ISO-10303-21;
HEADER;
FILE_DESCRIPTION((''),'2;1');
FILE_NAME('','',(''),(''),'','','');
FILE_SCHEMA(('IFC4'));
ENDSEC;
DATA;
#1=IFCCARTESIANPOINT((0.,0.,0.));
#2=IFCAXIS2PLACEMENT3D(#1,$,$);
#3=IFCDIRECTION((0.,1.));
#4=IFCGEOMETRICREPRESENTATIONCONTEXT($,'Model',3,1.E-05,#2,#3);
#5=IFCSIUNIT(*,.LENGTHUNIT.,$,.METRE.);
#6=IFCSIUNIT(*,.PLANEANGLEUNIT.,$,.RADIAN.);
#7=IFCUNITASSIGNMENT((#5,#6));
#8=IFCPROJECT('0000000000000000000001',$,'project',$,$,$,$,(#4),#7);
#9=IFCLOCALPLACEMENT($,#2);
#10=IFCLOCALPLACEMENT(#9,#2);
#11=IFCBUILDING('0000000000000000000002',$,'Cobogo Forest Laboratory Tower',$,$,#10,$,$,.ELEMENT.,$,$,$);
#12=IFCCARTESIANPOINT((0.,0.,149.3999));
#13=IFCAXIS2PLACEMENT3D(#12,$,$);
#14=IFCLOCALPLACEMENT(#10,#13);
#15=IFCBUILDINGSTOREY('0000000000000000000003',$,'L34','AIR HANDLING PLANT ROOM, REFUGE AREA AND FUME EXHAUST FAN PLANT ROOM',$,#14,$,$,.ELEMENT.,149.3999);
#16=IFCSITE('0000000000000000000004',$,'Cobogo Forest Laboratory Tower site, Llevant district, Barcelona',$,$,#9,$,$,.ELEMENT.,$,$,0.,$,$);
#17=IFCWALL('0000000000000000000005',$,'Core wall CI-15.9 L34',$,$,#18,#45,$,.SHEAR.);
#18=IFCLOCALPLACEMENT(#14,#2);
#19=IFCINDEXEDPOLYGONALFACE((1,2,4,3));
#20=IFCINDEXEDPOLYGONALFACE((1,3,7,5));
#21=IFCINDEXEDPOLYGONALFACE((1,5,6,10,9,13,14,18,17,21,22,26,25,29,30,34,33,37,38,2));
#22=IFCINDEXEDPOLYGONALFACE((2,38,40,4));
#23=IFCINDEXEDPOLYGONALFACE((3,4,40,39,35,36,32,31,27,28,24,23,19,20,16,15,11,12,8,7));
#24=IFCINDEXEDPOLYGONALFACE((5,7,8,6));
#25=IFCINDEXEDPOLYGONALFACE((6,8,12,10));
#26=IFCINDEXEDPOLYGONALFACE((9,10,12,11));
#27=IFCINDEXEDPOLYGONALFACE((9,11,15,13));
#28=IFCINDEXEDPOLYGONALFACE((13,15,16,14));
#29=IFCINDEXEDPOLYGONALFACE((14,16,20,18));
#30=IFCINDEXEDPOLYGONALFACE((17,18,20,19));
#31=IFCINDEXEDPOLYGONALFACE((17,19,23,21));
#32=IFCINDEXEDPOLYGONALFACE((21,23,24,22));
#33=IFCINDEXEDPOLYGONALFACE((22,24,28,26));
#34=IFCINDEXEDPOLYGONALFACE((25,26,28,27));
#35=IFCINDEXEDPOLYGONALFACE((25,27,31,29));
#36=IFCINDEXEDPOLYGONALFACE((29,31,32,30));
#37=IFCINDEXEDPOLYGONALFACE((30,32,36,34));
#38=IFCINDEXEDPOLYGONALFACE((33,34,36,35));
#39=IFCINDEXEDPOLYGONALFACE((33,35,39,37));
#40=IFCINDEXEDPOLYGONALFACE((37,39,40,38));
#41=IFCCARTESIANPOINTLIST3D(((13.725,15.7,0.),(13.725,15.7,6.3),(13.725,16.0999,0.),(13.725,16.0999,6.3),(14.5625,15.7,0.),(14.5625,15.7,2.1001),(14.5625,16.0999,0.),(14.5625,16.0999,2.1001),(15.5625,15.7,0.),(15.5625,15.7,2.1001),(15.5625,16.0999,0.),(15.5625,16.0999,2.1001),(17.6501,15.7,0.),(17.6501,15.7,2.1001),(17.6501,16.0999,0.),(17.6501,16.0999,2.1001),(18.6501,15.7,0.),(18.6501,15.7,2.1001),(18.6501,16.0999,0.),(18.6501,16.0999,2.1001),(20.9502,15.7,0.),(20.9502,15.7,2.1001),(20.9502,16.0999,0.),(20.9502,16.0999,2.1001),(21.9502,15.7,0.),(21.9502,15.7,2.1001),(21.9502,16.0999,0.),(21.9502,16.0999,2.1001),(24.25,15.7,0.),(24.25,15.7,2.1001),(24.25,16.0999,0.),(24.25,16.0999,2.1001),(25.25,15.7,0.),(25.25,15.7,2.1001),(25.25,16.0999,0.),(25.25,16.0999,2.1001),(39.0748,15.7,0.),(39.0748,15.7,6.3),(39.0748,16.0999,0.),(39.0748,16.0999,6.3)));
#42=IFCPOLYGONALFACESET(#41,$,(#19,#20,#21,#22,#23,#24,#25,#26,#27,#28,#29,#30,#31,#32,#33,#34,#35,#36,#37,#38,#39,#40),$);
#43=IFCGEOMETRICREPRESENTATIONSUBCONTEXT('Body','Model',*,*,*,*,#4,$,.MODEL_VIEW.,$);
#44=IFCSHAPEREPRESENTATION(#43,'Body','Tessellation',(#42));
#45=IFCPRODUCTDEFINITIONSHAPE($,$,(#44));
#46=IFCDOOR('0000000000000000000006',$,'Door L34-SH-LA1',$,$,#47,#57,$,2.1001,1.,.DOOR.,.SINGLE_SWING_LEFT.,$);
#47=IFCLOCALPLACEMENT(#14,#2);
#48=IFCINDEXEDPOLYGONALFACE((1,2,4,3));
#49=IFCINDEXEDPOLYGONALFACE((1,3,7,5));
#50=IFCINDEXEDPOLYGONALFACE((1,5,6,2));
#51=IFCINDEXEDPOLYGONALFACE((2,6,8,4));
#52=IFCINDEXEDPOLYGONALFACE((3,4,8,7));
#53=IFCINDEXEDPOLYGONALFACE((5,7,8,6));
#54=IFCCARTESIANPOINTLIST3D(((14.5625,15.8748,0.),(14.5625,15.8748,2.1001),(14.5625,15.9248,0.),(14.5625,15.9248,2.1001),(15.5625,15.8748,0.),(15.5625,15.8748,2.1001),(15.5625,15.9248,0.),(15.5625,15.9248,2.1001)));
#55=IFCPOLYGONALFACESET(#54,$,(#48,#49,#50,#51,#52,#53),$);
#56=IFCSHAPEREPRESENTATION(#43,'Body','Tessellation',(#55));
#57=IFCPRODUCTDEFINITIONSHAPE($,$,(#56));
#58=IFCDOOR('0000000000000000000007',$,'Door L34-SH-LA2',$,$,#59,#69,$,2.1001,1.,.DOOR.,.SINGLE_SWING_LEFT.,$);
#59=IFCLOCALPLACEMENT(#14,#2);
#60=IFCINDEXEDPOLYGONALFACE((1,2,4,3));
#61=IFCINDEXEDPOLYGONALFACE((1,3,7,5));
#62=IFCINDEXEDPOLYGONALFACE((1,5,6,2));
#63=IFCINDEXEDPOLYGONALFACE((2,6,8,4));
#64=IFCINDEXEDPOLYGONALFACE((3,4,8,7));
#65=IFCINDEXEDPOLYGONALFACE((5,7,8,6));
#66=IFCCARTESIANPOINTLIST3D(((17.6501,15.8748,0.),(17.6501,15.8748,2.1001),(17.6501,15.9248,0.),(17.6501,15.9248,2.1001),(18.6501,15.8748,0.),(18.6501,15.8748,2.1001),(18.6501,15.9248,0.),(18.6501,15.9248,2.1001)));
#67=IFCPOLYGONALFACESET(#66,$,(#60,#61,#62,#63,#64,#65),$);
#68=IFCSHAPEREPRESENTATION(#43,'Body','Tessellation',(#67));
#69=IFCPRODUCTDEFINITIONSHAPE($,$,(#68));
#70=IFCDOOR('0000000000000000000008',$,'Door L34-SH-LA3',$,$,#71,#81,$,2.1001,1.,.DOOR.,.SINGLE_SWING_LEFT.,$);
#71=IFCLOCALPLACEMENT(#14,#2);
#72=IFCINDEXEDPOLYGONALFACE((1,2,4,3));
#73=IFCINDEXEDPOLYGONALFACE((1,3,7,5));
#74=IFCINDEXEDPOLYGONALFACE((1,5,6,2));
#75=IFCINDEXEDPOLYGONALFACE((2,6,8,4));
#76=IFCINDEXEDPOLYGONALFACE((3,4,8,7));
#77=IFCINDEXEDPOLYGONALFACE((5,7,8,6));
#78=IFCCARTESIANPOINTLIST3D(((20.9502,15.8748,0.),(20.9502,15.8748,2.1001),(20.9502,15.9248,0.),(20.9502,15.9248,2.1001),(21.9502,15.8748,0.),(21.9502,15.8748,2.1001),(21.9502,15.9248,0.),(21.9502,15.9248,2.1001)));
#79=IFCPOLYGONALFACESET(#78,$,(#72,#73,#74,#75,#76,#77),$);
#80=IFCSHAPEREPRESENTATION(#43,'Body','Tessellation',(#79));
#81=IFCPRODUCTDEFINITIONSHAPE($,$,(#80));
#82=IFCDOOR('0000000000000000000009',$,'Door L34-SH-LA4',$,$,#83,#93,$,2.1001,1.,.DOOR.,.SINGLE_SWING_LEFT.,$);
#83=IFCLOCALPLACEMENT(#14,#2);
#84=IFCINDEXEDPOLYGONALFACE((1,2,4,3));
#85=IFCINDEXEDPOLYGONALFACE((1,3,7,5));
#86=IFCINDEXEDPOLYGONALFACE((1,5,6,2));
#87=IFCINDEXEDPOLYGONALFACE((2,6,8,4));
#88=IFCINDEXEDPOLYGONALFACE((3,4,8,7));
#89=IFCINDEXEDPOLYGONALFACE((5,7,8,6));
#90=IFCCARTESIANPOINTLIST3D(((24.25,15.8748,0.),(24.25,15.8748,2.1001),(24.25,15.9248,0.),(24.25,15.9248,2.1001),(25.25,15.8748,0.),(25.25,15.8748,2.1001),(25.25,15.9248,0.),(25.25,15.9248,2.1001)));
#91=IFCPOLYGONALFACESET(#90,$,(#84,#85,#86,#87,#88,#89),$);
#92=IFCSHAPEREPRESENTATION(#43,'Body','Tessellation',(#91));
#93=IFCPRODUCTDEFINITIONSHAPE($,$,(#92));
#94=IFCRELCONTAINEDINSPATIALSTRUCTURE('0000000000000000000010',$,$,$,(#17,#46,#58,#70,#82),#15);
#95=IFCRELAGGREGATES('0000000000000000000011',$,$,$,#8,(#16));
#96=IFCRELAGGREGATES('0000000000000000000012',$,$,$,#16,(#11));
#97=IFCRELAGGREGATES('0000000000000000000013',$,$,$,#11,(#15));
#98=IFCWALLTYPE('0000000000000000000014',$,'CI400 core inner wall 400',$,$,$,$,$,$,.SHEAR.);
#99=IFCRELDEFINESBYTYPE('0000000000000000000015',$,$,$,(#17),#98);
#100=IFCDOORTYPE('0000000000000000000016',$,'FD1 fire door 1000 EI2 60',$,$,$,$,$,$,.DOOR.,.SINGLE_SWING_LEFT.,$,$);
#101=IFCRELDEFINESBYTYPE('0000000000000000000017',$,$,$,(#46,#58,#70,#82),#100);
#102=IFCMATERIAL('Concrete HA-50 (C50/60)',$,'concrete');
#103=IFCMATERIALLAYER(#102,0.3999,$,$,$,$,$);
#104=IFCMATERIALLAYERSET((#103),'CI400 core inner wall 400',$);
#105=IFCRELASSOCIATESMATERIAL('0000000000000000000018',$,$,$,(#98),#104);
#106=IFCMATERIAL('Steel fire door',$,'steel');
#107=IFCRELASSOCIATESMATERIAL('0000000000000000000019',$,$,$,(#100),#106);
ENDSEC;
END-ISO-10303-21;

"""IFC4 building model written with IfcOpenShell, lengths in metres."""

from ifc_helpers import new_model, si_unit, direction, frame, frame_2d, origin, place, context, subcontext, project, spatial, rectangle, extrude, material, layer, layer_set, type_object, element, fill, save


model = new_model("IFC4")

# Units and contexts
model_context = context("Model", 3, precision=1e-05, world=origin(), true_north=direction((0.0, 1.0)))
body_context = subcontext(model_context, "Body", "Model", "MODEL_VIEW")
ifc_project = project(units=[si_unit("LENGTHUNIT", "METRE"), si_unit("PLANEANGLEUNIT", "RADIAN")], contexts=[model_context])

# Site, building, storey
site_placement = place(None, origin())
site = spatial("IfcSite", under=ifc_project, at=site_placement, Name="Cobogo Forest Laboratory Tower site, Llevant district, Barcelona", CompositionType="ELEMENT", RefElevation=0.0)
building_placement = place(site_placement, origin())
building = spatial("IfcBuilding", under=site, at=building_placement, Name="Cobogo Forest Laboratory Tower", CompositionType="ELEMENT")
storey_placement = place(building_placement, frame((0.0, 0.0, 149.3999)))
storey = spatial("IfcBuildingStorey", under=building, at=storey_placement, Name="L34", Description="AIR HANDLING PLANT ROOM, REFUGE AREA AND FUME EXHAUST FAN PLANT ROOM", CompositionType="ELEMENT", Elevation=149.3999)

# Wall, openings, doors
ifc_material_1 = material(Name="Concrete HA-50 (C50/60)", Category="concrete")
ifc_layer_1 = layer(ifc_material_1, 0.3999)
ifc_layer_set_1 = layer_set([ifc_layer_1], Name="CI400 core inner wall 400")
wall_type_1 = type_object("IfcWallType", Name="CI400 core inner wall 400", PredefinedType="SHEAR", material=ifc_layer_set_1)
wall_1_placement = place(storey_placement, frame((13.7251, 15.8999, 0.0), z_axis=(0.0, 0.0, 1.0), x_axis=(1.0, 0.0, 0.0)))
wall_1 = element("IfcWall", 1, at=wall_1_placement, inside=storey, type_object=wall_type_1, Name="Core wall CI-15.9 L34", PredefinedType="SHEAR", context=body_context, shape_type="SweptSolid", body=[
    extrude(rectangle(XDim=25.3499, YDim=0.3999, at=frame_2d((12.6748, 0.0))), origin(), (0.0, 0.0, 1.0), 6.3),
])
opening_1_placement = place(wall_1_placement, frame((0.8374, 0.0, 0.0)))
opening_1 = element("IfcOpeningElement", 2, at=opening_1_placement, cuts=wall_1, PredefinedType="OPENING", context=body_context, shape_type="SweptSolid", body=[
    extrude(rectangle(XDim=1.0, YDim=2.1001, at=frame_2d((0.5, 1.05))), frame((0.0, 0.21, 0.0), z_axis=(0.0, -1.0, 0.0), x_axis=(1.0, 0.0, 0.0)), (0.0, 0.0, 1.0), 0.4199),
])
opening_2_placement = place(wall_1_placement, frame((3.925, 0.0, 0.0)))
opening_2 = element("IfcOpeningElement", 3, at=opening_2_placement, cuts=wall_1, PredefinedType="OPENING", context=body_context, shape_type="SweptSolid", body=[
    extrude(rectangle(XDim=1.0, YDim=2.1001, at=frame_2d((0.5, 1.05))), frame((0.0, 0.21, 0.0), z_axis=(0.0, -1.0, 0.0), x_axis=(1.0, 0.0, 0.0)), (0.0, 0.0, 1.0), 0.4199),
])
opening_3_placement = place(wall_1_placement, frame((7.2251, 0.0, 0.0)))
opening_3 = element("IfcOpeningElement", 4, at=opening_3_placement, cuts=wall_1, PredefinedType="OPENING", context=body_context, shape_type="SweptSolid", body=[
    extrude(rectangle(XDim=1.0, YDim=2.1001, at=frame_2d((0.5, 1.05))), frame((0.0, 0.21, 0.0), z_axis=(0.0, -1.0, 0.0), x_axis=(1.0, 0.0, 0.0)), (0.0, 0.0, 1.0), 0.4199),
])
opening_4_placement = place(wall_1_placement, frame((10.5249, 0.0, 0.0)))
opening_4 = element("IfcOpeningElement", 5, at=opening_4_placement, cuts=wall_1, PredefinedType="OPENING", context=body_context, shape_type="SweptSolid", body=[
    extrude(rectangle(XDim=1.0, YDim=2.1001, at=frame_2d((0.5, 1.05))), frame((0.0, 0.21, 0.0), z_axis=(0.0, -1.0, 0.0), x_axis=(1.0, 0.0, 0.0)), (0.0, 0.0, 1.0), 0.4199),
])
ifc_material_2 = material(Name="Steel fire door", Category="steel")
door_type_1 = type_object("IfcDoorType", Name="FD1 fire door 1000 EI2 60", OperationType="SINGLE_SWING_LEFT", PredefinedType="DOOR", material=ifc_material_2)
door_1_placement = place(opening_1_placement, origin())
door_1 = element("IfcDoor", 6, at=door_1_placement, inside=storey, type_object=door_type_1, Name="Door L34-SH-LA1", OperationType="SINGLE_SWING_LEFT", OverallHeight=2.1001, OverallWidth=1.0, PredefinedType="DOOR", context=body_context, shape_type="SweptSolid", body=[
    extrude(rectangle(XDim=1.0, YDim=2.1001, at=frame_2d((0.5, 1.05))), frame((0.0, 0.0249, 0.0), z_axis=(0.0, -1.0, 0.0), x_axis=(1.0, 0.0, 0.0)), (0.0, 0.0, 1.0), 0.05),
])
fill(opening_1, door_1)
door_2_placement = place(opening_2_placement, origin())
door_2 = element("IfcDoor", 7, at=door_2_placement, inside=storey, type_object=door_type_1, Name="Door L34-SH-LA2", OperationType="SINGLE_SWING_LEFT", OverallHeight=2.1001, OverallWidth=1.0, PredefinedType="DOOR", context=body_context, shape_type="SweptSolid", body=[
    extrude(rectangle(XDim=1.0, YDim=2.1001, at=frame_2d((0.5, 1.05))), frame((0.0, 0.0249, 0.0), z_axis=(0.0, -1.0, 0.0), x_axis=(1.0, 0.0, 0.0)), (0.0, 0.0, 1.0), 0.05),
])
fill(opening_2, door_2)
door_3_placement = place(opening_3_placement, origin())
door_3 = element("IfcDoor", 8, at=door_3_placement, inside=storey, type_object=door_type_1, Name="Door L34-SH-LA3", OperationType="SINGLE_SWING_LEFT", OverallHeight=2.1001, OverallWidth=1.0, PredefinedType="DOOR", context=body_context, shape_type="SweptSolid", body=[
    extrude(rectangle(XDim=1.0, YDim=2.1001, at=frame_2d((0.5, 1.05))), frame((0.0, 0.0249, 0.0), z_axis=(0.0, -1.0, 0.0), x_axis=(1.0, 0.0, 0.0)), (0.0, 0.0, 1.0), 0.05),
])
fill(opening_3, door_3)
door_4_placement = place(opening_4_placement, origin())
door_4 = element("IfcDoor", 9, at=door_4_placement, inside=storey, type_object=door_type_1, Name="Door L34-SH-LA4", OperationType="SINGLE_SWING_LEFT", OverallHeight=2.1001, OverallWidth=1.0, PredefinedType="DOOR", context=body_context, shape_type="SweptSolid", body=[
    extrude(rectangle(XDim=1.0, YDim=2.1001, at=frame_2d((0.5, 1.05))), frame((0.0, 0.0249, 0.0), z_axis=(0.0, -1.0, 0.0), x_axis=(1.0, 0.0, 0.0)), (0.0, 0.0, 1.0), 0.05),
])
fill(opening_4, door_4)

save(model, "model.ifc")
